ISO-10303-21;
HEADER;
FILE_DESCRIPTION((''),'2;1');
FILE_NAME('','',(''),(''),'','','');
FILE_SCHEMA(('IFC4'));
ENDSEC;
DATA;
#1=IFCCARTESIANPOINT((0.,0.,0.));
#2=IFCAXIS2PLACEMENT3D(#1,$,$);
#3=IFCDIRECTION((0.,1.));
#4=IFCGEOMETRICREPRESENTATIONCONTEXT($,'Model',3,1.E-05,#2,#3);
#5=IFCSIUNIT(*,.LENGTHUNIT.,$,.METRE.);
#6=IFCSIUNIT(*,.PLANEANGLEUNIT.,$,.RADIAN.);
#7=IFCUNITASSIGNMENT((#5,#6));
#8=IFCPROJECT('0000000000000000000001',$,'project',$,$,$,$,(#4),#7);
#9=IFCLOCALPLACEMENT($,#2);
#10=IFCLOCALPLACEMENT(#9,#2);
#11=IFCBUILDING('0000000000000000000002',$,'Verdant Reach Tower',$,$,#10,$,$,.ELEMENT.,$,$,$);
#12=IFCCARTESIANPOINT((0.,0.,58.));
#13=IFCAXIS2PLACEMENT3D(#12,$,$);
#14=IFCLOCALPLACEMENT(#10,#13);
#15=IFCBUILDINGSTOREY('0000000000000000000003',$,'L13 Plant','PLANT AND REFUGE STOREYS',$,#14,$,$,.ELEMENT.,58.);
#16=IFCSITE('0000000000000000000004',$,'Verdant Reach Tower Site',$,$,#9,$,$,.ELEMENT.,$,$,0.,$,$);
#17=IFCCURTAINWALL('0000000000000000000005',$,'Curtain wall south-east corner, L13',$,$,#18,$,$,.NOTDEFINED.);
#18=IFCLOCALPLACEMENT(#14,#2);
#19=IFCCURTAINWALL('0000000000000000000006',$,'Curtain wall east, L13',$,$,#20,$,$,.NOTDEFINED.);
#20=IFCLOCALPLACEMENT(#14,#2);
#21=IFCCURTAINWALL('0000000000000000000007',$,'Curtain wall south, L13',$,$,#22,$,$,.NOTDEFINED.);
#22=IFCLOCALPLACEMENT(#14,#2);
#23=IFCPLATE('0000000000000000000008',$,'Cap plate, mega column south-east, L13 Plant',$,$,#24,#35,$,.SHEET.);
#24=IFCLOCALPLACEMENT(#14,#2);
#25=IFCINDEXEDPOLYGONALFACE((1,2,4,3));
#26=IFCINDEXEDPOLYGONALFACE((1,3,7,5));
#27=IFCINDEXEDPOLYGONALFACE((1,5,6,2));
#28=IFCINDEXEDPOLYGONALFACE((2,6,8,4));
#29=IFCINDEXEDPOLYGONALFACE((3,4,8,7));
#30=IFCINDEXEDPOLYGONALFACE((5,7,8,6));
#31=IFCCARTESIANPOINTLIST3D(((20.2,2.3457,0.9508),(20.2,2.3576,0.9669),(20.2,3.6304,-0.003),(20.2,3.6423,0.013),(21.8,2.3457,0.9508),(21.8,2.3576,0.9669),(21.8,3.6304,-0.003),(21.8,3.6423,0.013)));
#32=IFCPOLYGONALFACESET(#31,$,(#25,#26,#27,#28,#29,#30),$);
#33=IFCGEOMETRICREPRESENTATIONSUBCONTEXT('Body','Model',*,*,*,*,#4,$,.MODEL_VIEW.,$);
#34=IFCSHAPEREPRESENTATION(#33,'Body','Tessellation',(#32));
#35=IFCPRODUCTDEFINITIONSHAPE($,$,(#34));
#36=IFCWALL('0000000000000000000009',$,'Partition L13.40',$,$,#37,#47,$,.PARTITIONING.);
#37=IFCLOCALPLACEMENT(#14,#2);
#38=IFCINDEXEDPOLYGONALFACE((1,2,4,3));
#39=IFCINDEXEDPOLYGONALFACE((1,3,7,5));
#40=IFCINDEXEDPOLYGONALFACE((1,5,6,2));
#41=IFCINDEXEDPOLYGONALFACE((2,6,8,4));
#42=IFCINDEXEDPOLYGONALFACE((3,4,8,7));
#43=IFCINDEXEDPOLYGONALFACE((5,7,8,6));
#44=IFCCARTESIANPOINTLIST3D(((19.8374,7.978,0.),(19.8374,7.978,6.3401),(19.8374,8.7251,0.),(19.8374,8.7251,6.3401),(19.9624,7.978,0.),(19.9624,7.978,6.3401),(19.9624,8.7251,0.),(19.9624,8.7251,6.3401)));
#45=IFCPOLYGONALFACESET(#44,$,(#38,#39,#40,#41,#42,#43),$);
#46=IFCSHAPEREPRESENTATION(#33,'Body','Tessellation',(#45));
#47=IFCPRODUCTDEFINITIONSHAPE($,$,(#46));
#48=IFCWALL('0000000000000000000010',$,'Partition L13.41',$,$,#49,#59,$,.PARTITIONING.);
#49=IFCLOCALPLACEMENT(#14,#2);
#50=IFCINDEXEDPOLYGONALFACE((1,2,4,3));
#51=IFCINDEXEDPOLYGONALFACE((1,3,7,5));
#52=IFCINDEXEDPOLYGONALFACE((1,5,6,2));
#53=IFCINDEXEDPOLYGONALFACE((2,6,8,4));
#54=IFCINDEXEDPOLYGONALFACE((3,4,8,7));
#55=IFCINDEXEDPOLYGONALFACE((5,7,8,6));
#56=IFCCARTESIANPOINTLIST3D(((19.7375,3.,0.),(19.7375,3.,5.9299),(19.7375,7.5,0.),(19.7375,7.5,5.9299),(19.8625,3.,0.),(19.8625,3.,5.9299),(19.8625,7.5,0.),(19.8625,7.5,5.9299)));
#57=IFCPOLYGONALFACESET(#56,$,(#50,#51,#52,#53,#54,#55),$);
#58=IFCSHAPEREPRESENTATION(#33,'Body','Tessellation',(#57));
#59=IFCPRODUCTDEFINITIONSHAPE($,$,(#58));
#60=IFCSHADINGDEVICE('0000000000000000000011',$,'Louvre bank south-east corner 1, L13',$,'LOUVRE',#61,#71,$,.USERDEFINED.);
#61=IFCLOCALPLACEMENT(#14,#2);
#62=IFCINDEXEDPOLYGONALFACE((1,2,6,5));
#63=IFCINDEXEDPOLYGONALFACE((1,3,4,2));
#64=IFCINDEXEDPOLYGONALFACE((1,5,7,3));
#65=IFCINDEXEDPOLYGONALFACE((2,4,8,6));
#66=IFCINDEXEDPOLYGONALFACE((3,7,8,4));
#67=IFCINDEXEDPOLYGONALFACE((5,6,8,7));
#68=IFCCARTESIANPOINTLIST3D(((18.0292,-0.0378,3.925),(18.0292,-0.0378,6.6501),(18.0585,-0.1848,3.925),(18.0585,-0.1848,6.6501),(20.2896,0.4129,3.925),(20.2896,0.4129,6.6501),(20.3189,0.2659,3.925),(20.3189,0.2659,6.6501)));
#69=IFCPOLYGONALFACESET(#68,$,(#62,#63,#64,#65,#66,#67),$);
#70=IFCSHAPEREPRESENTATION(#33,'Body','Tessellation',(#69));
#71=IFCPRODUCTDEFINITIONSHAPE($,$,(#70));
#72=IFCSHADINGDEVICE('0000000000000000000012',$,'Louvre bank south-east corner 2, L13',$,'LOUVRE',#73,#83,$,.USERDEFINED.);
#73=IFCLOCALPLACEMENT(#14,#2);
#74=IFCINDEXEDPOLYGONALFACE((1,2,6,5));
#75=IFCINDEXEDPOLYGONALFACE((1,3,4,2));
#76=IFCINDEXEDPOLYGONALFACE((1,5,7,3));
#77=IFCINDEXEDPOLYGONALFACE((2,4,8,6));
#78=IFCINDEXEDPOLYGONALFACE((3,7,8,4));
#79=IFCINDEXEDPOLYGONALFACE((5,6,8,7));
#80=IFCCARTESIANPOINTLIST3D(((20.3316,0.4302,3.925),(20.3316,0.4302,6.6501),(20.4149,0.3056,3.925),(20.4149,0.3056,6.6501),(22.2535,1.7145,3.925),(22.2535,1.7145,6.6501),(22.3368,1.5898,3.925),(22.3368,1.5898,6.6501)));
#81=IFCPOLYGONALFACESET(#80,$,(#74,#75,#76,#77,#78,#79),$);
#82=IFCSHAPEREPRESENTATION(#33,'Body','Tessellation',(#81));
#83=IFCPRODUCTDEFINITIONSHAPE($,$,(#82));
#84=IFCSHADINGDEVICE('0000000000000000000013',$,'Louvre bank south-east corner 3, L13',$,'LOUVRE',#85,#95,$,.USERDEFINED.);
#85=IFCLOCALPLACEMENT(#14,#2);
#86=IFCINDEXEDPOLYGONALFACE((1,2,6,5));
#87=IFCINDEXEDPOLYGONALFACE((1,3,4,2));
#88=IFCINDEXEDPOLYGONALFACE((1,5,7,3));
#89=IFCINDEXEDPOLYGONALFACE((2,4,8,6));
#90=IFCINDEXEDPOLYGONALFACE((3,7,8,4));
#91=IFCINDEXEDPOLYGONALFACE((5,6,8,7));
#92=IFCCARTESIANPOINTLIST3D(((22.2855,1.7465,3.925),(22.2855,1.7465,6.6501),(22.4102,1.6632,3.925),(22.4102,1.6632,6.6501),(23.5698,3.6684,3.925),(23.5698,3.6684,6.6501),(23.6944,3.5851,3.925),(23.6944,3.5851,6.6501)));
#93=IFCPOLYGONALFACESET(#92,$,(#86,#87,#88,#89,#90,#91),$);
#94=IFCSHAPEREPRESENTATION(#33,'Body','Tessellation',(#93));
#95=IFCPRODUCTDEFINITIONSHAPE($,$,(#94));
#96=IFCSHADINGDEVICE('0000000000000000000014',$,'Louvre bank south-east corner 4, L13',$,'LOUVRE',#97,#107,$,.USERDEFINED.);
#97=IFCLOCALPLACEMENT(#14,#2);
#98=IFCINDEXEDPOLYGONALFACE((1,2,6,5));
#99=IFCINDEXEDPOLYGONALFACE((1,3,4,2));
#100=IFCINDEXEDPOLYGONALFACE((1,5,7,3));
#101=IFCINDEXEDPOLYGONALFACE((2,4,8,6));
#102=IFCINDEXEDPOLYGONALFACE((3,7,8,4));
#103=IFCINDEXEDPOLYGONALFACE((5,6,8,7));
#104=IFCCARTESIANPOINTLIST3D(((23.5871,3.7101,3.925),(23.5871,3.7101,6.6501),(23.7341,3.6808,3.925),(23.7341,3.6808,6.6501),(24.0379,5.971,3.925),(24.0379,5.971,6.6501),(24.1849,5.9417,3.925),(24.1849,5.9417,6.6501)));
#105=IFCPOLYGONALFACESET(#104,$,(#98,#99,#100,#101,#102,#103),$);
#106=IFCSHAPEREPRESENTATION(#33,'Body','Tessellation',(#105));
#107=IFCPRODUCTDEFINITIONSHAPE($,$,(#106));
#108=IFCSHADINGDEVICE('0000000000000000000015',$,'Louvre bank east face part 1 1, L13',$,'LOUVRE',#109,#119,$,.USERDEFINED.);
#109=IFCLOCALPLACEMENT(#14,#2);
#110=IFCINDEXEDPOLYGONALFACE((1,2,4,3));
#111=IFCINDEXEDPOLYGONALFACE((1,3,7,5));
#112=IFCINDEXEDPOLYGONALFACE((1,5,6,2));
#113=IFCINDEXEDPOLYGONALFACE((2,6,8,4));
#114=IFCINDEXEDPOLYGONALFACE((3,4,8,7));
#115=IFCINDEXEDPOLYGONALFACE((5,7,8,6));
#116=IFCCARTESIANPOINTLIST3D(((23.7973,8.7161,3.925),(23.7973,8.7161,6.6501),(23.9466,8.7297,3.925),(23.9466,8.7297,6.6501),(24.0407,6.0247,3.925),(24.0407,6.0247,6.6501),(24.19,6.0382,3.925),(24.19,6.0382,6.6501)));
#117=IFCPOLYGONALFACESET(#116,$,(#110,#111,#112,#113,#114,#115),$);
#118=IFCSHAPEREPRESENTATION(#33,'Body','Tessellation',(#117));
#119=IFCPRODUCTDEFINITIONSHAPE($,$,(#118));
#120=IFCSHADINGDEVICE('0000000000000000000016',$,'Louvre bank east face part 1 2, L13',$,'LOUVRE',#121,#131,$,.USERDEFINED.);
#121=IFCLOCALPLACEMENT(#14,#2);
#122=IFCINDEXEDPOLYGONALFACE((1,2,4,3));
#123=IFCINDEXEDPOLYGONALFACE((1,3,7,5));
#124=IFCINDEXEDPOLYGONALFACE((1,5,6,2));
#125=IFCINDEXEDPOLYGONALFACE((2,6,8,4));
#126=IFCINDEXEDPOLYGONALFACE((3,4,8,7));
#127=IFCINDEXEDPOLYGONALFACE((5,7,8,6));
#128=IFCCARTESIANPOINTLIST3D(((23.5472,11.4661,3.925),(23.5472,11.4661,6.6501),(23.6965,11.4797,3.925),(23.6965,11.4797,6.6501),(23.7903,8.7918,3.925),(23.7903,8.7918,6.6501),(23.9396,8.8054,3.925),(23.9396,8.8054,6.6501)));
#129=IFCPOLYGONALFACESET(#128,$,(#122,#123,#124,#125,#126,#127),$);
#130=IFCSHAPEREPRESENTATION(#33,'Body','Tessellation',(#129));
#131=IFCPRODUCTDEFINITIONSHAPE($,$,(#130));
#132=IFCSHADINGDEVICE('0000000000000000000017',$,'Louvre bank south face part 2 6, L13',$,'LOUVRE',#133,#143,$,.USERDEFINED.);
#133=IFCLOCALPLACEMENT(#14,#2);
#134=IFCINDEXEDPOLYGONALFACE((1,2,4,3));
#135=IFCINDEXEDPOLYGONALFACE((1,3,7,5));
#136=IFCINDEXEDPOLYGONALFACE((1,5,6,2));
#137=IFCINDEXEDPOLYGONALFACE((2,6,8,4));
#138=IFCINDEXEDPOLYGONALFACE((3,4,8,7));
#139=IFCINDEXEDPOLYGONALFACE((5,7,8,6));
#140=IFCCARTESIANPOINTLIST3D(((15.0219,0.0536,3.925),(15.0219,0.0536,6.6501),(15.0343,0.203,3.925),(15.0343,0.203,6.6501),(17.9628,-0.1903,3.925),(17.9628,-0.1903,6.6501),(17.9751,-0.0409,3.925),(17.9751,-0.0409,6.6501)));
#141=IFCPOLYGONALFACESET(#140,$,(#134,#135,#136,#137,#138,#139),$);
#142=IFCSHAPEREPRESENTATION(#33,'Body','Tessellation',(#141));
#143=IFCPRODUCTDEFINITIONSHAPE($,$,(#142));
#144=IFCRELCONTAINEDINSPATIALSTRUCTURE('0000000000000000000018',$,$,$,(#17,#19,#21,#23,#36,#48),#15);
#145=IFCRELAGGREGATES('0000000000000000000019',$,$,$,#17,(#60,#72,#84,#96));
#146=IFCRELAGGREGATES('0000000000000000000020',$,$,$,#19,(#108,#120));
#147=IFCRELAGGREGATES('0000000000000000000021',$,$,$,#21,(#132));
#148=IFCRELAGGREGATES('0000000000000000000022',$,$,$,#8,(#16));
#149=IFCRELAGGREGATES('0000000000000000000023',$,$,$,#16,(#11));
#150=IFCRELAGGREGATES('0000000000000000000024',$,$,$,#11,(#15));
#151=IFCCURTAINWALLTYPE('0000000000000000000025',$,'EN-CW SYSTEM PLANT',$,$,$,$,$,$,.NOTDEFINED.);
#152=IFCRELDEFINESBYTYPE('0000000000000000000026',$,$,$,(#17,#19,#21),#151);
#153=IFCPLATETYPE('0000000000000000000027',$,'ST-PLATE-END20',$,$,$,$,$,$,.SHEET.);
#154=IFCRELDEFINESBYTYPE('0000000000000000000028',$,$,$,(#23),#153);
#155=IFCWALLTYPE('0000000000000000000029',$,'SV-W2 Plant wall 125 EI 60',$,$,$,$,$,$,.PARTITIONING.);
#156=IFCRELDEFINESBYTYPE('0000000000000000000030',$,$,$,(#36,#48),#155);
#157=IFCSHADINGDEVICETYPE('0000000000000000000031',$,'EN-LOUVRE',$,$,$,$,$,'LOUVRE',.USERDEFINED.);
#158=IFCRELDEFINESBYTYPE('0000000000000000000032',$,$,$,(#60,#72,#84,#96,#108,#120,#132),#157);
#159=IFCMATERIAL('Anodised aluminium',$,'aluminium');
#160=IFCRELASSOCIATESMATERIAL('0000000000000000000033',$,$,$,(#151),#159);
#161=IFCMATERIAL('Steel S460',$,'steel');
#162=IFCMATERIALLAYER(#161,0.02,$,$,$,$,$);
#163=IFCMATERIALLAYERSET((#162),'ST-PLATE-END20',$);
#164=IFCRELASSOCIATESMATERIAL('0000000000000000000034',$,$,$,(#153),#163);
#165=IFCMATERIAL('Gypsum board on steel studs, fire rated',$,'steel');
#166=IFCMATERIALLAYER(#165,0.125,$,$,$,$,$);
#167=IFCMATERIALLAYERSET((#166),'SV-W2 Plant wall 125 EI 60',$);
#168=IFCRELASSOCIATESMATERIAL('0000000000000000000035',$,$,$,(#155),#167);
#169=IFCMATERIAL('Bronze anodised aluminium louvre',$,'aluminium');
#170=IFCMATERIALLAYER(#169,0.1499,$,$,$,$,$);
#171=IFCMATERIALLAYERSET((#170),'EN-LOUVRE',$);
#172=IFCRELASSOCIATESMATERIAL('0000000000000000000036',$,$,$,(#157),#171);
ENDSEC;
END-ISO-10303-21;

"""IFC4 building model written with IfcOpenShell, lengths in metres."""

from ifc_helpers import new_model, si_unit, direction, frame, frame_2d, origin, origin_2d, place, context, subcontext, project, spatial, rectangle, extrude, material, layer, layer_set, type_object, element, aggregate, save


model = new_model("IFC4")

# Units and contexts
model_context = context("Model", 3, precision=1e-05, world=origin(), true_north=direction((0.0, 1.0)))
body_context = subcontext(model_context, "Body", "Model", "MODEL_VIEW")
ifc_project = project(units=[si_unit("LENGTHUNIT", "METRE"), si_unit("PLANEANGLEUNIT", "RADIAN")], contexts=[model_context])

# Site, building, storey
site_placement = place(None, origin())
site = spatial("IfcSite", under=ifc_project, at=site_placement, Name="Verdant Reach Tower Site", CompositionType="ELEMENT", RefElevation=0.0)
building_placement = place(site_placement, origin())
building = spatial("IfcBuilding", under=site, at=building_placement, Name="Verdant Reach Tower", CompositionType="ELEMENT")
storey_placement = place(building_placement, frame((0.0, 0.0, 58.0)))
storey = spatial("IfcBuildingStorey", under=building, at=storey_placement, Name="L13 Plant", Description="PLANT AND REFUGE STOREYS", CompositionType="ELEMENT", Elevation=58.0)

# Shared definitions
ifc_material_1 = material(Name="Steel S460", Category="steel")

# Curtain walls
ifc_material_2 = material(Name="Anodised aluminium", Category="aluminium")
curtain_wall_type = type_object("IfcCurtainWallType", Name="EN-CW SYSTEM PLANT", PredefinedType="NOTDEFINED", material=ifc_material_2)
curtain_wall_1_placement = place(storey_placement, origin())
curtain_wall_1 = element("IfcCurtainWall", 1, at=curtain_wall_1_placement, inside=storey, type_object=curtain_wall_type, Name="Curtain wall south-east corner, L13", PredefinedType="NOTDEFINED")
curtain_wall_2_placement = place(storey_placement, origin())
curtain_wall_2 = element("IfcCurtainWall", 2, at=curtain_wall_2_placement, inside=storey, type_object=curtain_wall_type, Name="Curtain wall east, L13", PredefinedType="NOTDEFINED")

# Curtain wall
curtain_wall_3_placement = place(storey_placement, origin())
curtain_wall_3 = element("IfcCurtainWall", 3, at=curtain_wall_3_placement, inside=storey, type_object=curtain_wall_type, Name="Curtain wall south, L13", PredefinedType="NOTDEFINED")

# Plate
ifc_layer_1 = layer(ifc_material_1, 0.02)
ifc_layer_set_1 = layer_set([ifc_layer_1], Name="ST-PLATE-END20")
plate_type_1 = type_object("IfcPlateType", Name="ST-PLATE-END20", PredefinedType="SHEET", material=ifc_layer_set_1)
plate_1_placement = place(storey_placement, frame((21.0, 2.988, 0.4739), z_axis=(0.0, 0.5961, 0.80291), x_axis=(-1.0, 0.0, 0.0)))
element("IfcPlate", 4, at=plate_1_placement, inside=storey, type_object=plate_type_1, Name="Cap plate, mega column south-east, L13 Plant", PredefinedType="SHEET", context=body_context, shape_type="SweptSolid", body=[
    extrude(rectangle(XDim=1.6001, YDim=1.6001, at=origin_2d()), origin(), (0.0, 0.0, 1.0), 0.02),
])

# Walls
ifc_material_3 = material(Name="Gypsum board on steel studs, fire rated", Category="steel")
ifc_layer_2 = layer(ifc_material_3, 0.125)
ifc_layer_set_2 = layer_set([ifc_layer_2], Name="SV-W2 Plant wall 125 EI 60")
wall_type = type_object("IfcWallType", Name="SV-W2 Plant wall 125 EI 60", PredefinedType="PARTITIONING", material=ifc_layer_set_2)
wall_1_placement = place(storey_placement, frame((19.8999, 8.7251, 0.0), z_axis=(0.0, 0.0, 1.0), x_axis=(0.0, -1.0, 0.0)))
element("IfcWall", 5, at=wall_1_placement, inside=storey, type_object=wall_type, Name="Partition L13.40", PredefinedType="PARTITIONING", context=body_context, shape_type="SweptSolid", body=[
    extrude(rectangle(XDim=0.7471, YDim=0.125, at=frame_2d((0.3735, 0.0))), origin(), (0.0, 0.0, 1.0), 6.3401),
])
wall_2_placement = place(storey_placement, frame((19.8, 7.5, 0.0), z_axis=(0.0, 0.0, 1.0), x_axis=(0.0, -1.0, 0.0)))
element("IfcWall", 6, at=wall_2_placement, inside=storey, type_object=wall_type, Name="Partition L13.41", PredefinedType="PARTITIONING", context=body_context, shape_type="SweptSolid", body=[
    extrude(rectangle(XDim=4.5, YDim=0.125, at=frame_2d((2.25, 0.0))), origin(), (0.0, 0.0, 1.0), 5.9299),
])

# Shading devices
ifc_material_4 = material(Name="Bronze anodised aluminium louvre", Category="aluminium")
ifc_layer_3 = layer(ifc_material_4, 0.1499)
ifc_layer_set_3 = layer_set([ifc_layer_3], Name="EN-LOUVRE")
shading_device_type = type_object("IfcShadingDeviceType", Name="EN-LOUVRE", ElementType="LOUVRE", PredefinedType="USERDEFINED", material=ifc_layer_set_3)
shading_device_1_placement = place(storey_placement, frame((19.1741, 0.114, 3.925), z_axis=(0.0, 0.0, 1.0), x_axis=(0.980695, 0.195545, 0.0)))
shading_device_1 = element("IfcShadingDevice", 7, at=shading_device_1_placement, type_object=shading_device_type, Name="Louvre bank south-east corner 1, L13", ObjectType="LOUVRE", PredefinedType="USERDEFINED", context=body_context, shape_type="SweptSolid", body=[
    extrude(rectangle(XDim=2.3049, YDim=0.1499, at=origin_2d()), origin(), (0.0, 0.0, 1.0), 2.7251),
])
shading_device_2_placement = place(storey_placement, frame((21.3342, 1.01, 3.925), z_axis=(0.0, 0.0, 1.0), x_axis=(0.831452, 0.555596, 0.0)))
shading_device_2 = element("IfcShadingDevice", 8, at=shading_device_2_placement, type_object=shading_device_type, Name="Louvre bank south-east corner 2, L13", ObjectType="LOUVRE", PredefinedType="USERDEFINED", context=body_context, shape_type="SweptSolid", body=[
    extrude(rectangle(XDim=2.3115, YDim=0.1499, at=origin_2d()), origin(), (0.0, 0.0, 1.0), 2.7251),
])
shading_device_3_placement = place(storey_placement, frame((22.99, 2.6658, 3.925), z_axis=(0.0, 0.0, 1.0), x_axis=(0.555596, 0.831452, 0.0)))
shading_device_3 = element("IfcShadingDevice", 9, at=shading_device_3_placement, type_object=shading_device_type, Name="Louvre bank south-east corner 3, L13", ObjectType="LOUVRE", PredefinedType="USERDEFINED", context=body_context, shape_type="SweptSolid", body=[
    extrude(rectangle(XDim=2.3115, YDim=0.1499, at=origin_2d()), origin(), (0.0, 0.0, 1.0), 2.7251),
])
shading_device_4_placement = place(storey_placement, frame((23.886, 4.8259, 3.925), z_axis=(0.0, 0.0, 1.0), x_axis=(0.195519, 0.9807, 0.0)))
shading_device_4 = element("IfcShadingDevice", 10, at=shading_device_4_placement, type_object=shading_device_type, Name="Louvre bank south-east corner 4, L13", ObjectType="LOUVRE", PredefinedType="USERDEFINED", context=body_context, shape_type="SweptSolid", body=[
    extrude(rectangle(XDim=2.3054, YDim=0.1499, at=origin_2d()), origin(), (0.0, 0.0, 1.0), 2.7251),
])
aggregate(curtain_wall_1, [shading_device_1, shading_device_2, shading_device_3, shading_device_4])
shading_device_5_placement = place(storey_placement, frame((23.9937, 7.3772, 3.925), z_axis=(0.0, 0.0, 1.0), x_axis=(-0.090097, 0.995933, 0.0)))
shading_device_5 = element("IfcShadingDevice", 11, at=shading_device_5_placement, type_object=shading_device_type, Name="Louvre bank east face part 1 1, L13", ObjectType="LOUVRE", PredefinedType="USERDEFINED", context=body_context, shape_type="SweptSolid", body=[
    extrude(rectangle(XDim=2.7024, YDim=0.1499, at=origin_2d()), origin(), (0.0, 0.0, 1.0), 2.7251),
])
shading_device_6_placement = place(storey_placement, frame((23.7434, 10.1357, 3.925), z_axis=(0.0, 0.0, 1.0), x_axis=(-0.090536, 0.995893, 0.0)))
shading_device_6 = element("IfcShadingDevice", 12, at=shading_device_6_placement, type_object=shading_device_type, Name="Louvre bank east face part 1 2, L13", ObjectType="LOUVRE", PredefinedType="USERDEFINED", context=body_context, shape_type="SweptSolid", body=[
    extrude(rectangle(XDim=2.6853, YDim=0.1499, at=origin_2d()), origin(), (0.0, 0.0, 1.0), 2.7251),
])
aggregate(curtain_wall_2, [shading_device_5, shading_device_6])
shading_device_7_placement = place(storey_placement, frame((16.4985, 0.0063, 3.925), z_axis=(0.0, 0.0, 1.0), x_axis=(0.996578, -0.082664, 0.0)))
shading_device_7 = element("IfcShadingDevice", 13, at=shading_device_7_placement, type_object=shading_device_type, Name="Louvre bank south face part 2 6, L13", ObjectType="LOUVRE", PredefinedType="USERDEFINED", context=body_context, shape_type="SweptSolid", body=[
    extrude(rectangle(XDim=2.9509, YDim=0.1499, at=origin_2d()), origin(), (0.0, 0.0, 1.0), 2.7251),
])
aggregate(curtain_wall_3, [shading_device_7])

save(model, "model.ifc")
